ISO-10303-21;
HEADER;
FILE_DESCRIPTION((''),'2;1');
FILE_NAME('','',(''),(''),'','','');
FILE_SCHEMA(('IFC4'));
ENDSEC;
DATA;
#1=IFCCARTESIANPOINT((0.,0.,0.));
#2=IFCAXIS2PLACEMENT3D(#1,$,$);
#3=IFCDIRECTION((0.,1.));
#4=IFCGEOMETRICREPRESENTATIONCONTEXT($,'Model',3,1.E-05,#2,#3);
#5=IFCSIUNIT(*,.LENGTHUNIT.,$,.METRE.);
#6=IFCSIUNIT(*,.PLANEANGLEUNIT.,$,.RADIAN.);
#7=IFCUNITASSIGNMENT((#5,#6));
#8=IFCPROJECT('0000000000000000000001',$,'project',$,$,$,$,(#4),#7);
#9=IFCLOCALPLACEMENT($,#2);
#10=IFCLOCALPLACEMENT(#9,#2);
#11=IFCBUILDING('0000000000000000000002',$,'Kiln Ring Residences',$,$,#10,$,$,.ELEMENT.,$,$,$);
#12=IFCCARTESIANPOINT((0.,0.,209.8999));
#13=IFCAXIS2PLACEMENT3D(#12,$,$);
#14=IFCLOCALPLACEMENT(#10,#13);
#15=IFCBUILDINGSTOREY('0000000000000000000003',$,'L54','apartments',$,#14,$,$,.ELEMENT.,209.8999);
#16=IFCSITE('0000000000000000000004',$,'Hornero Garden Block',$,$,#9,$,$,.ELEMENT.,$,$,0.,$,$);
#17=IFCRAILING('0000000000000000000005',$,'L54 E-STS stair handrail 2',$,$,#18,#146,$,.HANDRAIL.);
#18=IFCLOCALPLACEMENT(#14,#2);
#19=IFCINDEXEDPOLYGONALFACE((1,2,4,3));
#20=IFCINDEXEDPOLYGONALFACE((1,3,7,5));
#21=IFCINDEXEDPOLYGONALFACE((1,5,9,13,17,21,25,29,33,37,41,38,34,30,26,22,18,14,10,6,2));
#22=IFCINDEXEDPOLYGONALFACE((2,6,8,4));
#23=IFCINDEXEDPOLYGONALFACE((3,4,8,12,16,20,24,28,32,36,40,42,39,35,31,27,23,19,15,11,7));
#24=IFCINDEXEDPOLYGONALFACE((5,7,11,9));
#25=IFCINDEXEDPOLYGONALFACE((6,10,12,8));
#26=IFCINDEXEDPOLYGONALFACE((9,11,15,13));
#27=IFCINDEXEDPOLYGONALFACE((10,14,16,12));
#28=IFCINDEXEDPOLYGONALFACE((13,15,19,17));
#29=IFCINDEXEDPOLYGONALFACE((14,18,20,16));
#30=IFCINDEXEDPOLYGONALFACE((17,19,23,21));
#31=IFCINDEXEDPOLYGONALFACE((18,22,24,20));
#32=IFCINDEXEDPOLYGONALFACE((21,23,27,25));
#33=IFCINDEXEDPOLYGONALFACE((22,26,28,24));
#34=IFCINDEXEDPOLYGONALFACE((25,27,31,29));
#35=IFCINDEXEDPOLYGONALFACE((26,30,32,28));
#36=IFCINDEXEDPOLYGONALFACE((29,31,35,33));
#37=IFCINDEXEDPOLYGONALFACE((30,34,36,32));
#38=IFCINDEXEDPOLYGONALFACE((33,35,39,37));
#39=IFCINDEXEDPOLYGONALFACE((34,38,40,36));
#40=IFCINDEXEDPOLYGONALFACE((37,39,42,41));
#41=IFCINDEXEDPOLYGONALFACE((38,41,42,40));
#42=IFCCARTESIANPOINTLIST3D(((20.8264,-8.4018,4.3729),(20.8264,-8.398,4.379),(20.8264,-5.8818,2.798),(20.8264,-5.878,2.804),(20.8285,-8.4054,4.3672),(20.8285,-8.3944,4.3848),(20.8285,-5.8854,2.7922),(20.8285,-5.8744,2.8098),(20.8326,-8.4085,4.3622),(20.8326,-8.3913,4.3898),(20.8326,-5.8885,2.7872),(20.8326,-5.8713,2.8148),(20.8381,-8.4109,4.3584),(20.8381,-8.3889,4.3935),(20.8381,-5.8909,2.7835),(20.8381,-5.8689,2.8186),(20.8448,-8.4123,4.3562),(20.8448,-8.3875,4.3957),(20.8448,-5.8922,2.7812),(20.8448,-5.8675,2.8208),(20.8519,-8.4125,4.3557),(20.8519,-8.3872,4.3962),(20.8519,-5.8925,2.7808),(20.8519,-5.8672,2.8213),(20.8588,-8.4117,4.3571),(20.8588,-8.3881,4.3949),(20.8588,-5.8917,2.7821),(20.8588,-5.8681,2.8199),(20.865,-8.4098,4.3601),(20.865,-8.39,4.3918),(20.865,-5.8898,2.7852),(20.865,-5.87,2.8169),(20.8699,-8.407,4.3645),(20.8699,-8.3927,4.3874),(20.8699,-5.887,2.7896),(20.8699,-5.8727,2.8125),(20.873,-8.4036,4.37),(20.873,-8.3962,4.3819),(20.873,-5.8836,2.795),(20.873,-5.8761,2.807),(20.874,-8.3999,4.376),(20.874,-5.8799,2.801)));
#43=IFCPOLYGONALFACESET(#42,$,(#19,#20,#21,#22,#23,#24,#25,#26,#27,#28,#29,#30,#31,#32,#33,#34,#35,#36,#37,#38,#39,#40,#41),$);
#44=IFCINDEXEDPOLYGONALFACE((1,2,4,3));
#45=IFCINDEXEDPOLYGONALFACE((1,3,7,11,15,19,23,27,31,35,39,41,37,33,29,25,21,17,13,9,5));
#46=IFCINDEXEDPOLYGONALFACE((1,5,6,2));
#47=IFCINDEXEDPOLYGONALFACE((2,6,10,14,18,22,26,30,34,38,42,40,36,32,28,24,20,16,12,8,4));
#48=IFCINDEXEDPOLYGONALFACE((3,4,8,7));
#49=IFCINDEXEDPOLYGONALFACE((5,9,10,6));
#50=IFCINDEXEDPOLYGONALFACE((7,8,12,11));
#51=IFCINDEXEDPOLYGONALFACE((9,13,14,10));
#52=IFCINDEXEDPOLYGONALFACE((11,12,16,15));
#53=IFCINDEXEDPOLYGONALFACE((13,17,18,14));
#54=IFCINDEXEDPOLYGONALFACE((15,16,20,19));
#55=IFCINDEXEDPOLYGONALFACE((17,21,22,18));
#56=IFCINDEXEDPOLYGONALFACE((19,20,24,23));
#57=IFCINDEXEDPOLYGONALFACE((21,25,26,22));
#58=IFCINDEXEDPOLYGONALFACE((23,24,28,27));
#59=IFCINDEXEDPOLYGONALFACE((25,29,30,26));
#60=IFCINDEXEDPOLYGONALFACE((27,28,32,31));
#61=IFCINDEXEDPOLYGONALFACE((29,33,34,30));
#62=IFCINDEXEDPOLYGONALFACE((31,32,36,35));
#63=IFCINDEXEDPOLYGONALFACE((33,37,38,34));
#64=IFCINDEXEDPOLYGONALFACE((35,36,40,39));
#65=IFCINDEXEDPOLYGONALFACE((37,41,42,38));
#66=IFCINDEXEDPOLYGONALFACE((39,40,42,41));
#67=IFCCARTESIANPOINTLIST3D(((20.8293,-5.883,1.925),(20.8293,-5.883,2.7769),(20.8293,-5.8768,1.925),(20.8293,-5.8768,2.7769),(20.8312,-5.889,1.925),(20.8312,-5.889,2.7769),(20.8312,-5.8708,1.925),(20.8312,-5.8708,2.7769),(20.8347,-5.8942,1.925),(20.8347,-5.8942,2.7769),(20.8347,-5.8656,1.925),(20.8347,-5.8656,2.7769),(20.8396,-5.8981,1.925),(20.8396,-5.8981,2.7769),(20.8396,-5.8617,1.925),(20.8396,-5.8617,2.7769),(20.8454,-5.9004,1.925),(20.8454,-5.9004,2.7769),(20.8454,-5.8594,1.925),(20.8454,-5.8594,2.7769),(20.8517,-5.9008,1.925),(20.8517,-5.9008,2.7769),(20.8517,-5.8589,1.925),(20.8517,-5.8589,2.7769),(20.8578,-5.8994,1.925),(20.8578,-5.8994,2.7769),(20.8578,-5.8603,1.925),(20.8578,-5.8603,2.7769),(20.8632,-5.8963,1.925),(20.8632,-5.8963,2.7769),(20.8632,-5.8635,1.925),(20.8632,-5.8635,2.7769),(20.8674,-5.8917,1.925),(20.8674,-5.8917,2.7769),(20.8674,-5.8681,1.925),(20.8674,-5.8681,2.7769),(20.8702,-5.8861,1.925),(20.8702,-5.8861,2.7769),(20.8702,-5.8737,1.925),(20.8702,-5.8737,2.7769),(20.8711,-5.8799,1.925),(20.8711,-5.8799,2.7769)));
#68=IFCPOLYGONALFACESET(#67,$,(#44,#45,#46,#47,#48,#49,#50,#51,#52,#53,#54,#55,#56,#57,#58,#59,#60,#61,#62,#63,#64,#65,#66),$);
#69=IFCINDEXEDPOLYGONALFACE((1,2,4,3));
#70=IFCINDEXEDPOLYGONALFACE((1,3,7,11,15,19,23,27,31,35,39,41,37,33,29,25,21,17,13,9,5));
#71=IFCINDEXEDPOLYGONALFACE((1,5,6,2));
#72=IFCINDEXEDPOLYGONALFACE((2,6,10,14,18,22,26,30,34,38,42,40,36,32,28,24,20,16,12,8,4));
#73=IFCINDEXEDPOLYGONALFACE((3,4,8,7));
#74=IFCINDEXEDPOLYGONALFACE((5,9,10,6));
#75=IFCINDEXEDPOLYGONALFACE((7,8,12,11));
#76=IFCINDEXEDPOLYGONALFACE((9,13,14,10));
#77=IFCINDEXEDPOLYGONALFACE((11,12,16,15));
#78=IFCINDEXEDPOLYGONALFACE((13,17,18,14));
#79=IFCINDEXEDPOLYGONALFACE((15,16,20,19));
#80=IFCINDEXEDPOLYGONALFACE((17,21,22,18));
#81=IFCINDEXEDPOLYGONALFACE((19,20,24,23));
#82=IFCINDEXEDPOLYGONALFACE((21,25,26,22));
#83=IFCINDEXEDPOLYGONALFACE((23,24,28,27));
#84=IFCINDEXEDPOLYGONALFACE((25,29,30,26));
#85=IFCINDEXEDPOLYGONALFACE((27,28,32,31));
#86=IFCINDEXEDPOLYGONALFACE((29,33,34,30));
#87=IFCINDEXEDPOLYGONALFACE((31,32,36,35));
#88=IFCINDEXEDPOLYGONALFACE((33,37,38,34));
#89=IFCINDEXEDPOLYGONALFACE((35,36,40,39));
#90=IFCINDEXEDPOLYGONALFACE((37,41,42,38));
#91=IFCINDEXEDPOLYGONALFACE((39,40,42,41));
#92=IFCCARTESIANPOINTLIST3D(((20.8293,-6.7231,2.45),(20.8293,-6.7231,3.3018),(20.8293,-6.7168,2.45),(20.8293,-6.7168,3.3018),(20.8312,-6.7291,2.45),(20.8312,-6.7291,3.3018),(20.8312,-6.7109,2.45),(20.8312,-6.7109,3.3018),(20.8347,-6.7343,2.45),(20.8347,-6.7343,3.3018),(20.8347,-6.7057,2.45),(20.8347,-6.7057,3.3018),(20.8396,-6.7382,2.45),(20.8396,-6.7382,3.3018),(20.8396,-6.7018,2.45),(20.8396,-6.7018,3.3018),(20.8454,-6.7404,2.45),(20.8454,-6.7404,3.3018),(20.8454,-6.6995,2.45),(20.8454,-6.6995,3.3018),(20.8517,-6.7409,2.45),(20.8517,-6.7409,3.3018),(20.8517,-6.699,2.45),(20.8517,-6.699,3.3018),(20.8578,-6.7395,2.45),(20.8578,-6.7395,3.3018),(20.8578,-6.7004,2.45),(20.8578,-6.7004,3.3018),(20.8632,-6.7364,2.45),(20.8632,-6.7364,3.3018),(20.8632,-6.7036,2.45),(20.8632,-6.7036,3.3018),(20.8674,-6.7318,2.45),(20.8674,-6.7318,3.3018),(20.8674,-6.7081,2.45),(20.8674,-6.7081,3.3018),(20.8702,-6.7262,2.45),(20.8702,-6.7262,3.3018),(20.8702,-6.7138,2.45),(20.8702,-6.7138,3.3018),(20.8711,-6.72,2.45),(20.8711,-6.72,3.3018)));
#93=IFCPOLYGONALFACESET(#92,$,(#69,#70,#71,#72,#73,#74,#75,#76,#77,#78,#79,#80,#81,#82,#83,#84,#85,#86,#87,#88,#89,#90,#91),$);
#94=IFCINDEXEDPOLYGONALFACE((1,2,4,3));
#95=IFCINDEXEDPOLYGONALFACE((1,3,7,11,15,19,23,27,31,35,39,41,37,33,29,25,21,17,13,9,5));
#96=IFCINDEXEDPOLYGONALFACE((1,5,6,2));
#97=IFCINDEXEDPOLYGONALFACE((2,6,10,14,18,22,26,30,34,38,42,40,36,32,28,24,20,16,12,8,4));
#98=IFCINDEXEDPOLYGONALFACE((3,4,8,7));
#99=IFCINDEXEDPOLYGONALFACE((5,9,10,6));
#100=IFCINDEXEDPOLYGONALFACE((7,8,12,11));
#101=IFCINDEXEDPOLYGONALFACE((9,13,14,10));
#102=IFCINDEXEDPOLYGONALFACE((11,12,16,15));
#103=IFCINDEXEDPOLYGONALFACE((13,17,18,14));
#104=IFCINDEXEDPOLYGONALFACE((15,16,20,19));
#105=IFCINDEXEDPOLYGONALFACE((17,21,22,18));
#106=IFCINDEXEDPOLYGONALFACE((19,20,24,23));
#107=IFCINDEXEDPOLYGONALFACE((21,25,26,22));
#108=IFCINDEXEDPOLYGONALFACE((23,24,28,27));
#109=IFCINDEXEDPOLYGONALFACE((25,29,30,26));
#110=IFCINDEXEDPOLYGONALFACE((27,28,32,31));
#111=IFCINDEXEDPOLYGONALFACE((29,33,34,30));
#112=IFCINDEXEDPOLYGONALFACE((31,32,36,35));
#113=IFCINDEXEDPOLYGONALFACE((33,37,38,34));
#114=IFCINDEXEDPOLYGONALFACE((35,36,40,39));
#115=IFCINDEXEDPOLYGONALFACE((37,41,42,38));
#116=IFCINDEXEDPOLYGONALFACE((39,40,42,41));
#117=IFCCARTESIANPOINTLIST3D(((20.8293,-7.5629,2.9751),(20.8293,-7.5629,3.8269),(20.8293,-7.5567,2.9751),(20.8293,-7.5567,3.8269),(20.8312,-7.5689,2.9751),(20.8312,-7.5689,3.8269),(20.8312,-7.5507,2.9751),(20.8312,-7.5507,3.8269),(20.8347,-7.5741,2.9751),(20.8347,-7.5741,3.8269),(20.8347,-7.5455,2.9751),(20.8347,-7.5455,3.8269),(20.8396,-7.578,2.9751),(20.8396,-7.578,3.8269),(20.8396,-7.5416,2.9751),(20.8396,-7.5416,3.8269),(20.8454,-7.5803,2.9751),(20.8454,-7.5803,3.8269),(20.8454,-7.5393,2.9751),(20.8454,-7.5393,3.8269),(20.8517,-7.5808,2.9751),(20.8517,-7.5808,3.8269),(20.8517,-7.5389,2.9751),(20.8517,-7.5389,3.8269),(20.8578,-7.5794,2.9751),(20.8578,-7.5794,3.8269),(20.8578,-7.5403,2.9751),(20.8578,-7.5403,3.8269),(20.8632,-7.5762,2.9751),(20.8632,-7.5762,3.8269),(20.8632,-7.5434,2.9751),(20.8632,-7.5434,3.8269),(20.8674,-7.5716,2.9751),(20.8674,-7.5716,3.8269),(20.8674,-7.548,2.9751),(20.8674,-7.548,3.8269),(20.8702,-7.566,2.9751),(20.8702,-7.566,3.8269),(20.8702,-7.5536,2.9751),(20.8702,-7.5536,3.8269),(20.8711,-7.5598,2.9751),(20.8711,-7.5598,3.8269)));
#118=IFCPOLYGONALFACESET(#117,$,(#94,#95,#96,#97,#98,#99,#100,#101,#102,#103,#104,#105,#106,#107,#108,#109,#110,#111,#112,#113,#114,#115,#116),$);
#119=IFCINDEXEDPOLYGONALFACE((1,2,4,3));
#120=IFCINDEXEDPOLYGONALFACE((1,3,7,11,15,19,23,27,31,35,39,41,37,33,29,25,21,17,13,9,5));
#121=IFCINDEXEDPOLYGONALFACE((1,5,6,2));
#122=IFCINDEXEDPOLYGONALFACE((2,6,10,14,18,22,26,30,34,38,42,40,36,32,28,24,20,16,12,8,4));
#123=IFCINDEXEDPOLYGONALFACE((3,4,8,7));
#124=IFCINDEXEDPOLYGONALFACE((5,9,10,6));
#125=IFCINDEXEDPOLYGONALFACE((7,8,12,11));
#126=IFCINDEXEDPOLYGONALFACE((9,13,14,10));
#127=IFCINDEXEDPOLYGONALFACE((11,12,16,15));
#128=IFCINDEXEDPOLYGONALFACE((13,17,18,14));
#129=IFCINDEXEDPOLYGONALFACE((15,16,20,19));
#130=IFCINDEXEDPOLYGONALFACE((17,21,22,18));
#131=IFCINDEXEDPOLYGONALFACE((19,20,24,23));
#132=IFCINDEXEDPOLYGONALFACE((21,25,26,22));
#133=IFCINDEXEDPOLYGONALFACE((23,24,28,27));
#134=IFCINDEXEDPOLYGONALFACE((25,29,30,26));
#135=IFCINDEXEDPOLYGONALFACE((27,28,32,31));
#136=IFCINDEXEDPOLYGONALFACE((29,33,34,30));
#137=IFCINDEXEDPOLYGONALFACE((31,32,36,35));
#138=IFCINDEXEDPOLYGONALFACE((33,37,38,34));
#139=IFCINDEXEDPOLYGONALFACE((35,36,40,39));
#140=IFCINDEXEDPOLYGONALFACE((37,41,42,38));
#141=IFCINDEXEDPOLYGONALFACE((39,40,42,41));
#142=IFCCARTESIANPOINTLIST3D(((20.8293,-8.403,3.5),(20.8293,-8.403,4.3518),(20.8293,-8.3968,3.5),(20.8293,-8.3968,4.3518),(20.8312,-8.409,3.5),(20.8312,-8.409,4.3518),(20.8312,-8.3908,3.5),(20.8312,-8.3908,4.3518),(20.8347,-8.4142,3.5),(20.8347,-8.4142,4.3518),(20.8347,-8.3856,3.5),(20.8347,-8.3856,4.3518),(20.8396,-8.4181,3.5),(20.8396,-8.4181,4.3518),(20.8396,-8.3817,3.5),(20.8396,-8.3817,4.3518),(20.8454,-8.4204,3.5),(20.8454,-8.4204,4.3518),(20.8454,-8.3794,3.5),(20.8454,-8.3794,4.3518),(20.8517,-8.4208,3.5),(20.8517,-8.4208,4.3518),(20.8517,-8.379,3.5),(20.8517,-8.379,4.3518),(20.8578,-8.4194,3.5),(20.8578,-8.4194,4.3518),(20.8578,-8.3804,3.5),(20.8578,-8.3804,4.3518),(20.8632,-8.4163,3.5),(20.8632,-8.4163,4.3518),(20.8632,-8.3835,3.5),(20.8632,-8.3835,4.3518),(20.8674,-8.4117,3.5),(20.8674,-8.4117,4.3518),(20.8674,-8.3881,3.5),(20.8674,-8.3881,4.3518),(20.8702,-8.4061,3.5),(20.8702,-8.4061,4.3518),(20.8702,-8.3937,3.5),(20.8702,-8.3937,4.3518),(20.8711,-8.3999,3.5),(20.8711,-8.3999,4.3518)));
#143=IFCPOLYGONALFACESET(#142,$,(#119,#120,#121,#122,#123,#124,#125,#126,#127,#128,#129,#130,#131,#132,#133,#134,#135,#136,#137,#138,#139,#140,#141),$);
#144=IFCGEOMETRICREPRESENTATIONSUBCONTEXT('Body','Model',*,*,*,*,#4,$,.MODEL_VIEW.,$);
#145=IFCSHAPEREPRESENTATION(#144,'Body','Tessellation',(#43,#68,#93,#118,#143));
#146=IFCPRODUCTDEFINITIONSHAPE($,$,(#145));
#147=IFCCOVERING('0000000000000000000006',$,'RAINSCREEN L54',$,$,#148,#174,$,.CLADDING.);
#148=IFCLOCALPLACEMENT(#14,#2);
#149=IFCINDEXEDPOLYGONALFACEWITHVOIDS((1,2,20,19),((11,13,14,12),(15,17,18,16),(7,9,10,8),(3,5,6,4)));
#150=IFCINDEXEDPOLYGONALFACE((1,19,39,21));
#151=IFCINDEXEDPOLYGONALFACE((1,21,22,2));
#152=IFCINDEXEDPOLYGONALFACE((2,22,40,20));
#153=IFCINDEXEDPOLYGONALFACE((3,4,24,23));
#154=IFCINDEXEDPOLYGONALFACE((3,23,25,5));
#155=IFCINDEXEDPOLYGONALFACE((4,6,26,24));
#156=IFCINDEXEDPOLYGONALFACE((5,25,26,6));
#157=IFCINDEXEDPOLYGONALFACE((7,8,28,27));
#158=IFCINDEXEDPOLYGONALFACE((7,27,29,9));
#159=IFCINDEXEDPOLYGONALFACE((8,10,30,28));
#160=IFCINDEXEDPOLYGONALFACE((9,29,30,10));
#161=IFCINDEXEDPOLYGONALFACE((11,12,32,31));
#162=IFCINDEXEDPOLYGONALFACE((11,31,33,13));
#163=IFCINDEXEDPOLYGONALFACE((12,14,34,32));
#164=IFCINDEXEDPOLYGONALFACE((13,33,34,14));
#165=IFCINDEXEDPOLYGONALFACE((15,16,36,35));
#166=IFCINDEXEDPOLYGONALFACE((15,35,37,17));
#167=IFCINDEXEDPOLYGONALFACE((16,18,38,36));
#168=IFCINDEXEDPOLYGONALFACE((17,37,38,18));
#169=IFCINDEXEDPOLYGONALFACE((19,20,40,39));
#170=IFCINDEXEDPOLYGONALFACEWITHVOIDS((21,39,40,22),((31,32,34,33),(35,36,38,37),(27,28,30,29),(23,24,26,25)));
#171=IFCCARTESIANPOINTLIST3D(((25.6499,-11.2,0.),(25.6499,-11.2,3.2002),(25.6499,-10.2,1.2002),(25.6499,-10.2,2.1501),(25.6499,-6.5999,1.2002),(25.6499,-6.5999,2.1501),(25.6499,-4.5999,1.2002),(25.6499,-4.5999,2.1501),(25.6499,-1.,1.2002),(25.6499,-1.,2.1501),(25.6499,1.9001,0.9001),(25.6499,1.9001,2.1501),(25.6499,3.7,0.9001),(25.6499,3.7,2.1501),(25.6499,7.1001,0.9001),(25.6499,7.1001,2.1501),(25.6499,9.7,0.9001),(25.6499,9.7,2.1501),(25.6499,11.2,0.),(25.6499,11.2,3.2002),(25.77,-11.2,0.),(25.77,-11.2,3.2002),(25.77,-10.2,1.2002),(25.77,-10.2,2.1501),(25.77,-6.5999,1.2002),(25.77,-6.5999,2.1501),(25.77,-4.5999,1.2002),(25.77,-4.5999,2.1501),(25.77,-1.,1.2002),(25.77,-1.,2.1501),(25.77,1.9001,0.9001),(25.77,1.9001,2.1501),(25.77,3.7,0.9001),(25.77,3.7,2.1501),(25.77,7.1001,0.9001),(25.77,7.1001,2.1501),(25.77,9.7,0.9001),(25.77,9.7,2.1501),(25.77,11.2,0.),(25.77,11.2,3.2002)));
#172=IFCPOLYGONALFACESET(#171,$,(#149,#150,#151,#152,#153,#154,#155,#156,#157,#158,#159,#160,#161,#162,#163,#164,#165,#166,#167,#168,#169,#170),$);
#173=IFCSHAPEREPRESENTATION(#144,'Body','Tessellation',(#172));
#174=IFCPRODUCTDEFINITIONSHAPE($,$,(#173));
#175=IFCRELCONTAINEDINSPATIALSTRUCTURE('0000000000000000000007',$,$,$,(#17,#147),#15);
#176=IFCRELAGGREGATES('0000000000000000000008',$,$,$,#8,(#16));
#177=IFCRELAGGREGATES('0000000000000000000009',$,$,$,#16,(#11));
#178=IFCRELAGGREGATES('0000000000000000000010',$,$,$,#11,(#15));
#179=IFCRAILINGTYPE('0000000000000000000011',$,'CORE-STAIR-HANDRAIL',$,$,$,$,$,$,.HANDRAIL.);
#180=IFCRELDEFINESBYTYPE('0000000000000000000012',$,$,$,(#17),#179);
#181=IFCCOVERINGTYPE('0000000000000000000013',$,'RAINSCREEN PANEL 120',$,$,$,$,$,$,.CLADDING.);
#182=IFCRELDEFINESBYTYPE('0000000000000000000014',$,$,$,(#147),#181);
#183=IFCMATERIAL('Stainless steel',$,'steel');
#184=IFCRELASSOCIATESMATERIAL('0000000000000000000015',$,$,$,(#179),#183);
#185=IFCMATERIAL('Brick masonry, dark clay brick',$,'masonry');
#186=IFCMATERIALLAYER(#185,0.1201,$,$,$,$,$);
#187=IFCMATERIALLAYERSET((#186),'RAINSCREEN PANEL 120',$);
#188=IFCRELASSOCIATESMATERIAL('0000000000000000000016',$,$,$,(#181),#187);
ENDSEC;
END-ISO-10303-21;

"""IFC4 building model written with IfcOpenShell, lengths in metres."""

from ifc_helpers import new_model, si_unit, direction, frame, origin, origin_2d, place, context, subcontext, project, spatial, polyline, circle, outline, extrude, material, layer, layer_set, type_object, element, save


model = new_model("IFC4")

# Units and contexts
model_context = context("Model", 3, precision=1e-05, world=origin(), true_north=direction((0.0, 1.0)))
body_context = subcontext(model_context, "Body", "Model", "MODEL_VIEW")
ifc_project = project(units=[si_unit("LENGTHUNIT", "METRE"), si_unit("PLANEANGLEUNIT", "RADIAN")], contexts=[model_context])

# Site, building, storey
site_placement = place(None, origin())
site = spatial("IfcSite", under=ifc_project, at=site_placement, Name="Hornero Garden Block", CompositionType="ELEMENT", RefElevation=0.0)
building_placement = place(site_placement, origin())
building = spatial("IfcBuilding", under=site, at=building_placement, Name="Kiln Ring Residences", CompositionType="ELEMENT")
storey_placement = place(building_placement, frame((0.0, 0.0, 209.8999)))
storey = spatial("IfcBuildingStorey", under=building, at=storey_placement, Name="L54", Description="apartments", CompositionType="ELEMENT", Elevation=209.8999)

# Railing
ifc_material_1 = material(Name="Stainless steel", Category="steel")
railing_type_1 = type_object("IfcRailingType", Name="CORE-STAIR-HANDRAIL", PredefinedType="HANDRAIL", material=ifc_material_1)
railing_1_placement = place(storey_placement, frame((20.8501, -5.8799, 1.925)))
element("IfcRailing", 1, at=railing_1_placement, inside=storey, type_object=railing_type_1, Name="L54 E-STS stair handrail 2", PredefinedType="HANDRAIL", context=body_context, shape_type="SweptSolid", body=[
    extrude(circle(Radius=0.0239, at=origin_2d()), frame((0.0, 0.0, 0.876), z_axis=(0.0, -0.848008, 0.529984), x_axis=(1.0, 0.0, 0.0)), (0.0, 0.0, 1.0), 2.9717),
    extrude(circle(Radius=0.021, at=origin_2d()), origin(), (0.0, 0.0, 1.0), 0.8518),
    extrude(circle(Radius=0.021, at=origin_2d()), frame((0.0, -0.8401, 0.5249)), (0.0, 0.0, 1.0), 0.8518),
    extrude(circle(Radius=0.021, at=origin_2d()), frame((0.0, -1.6799, 1.05)), (0.0, 0.0, 1.0), 0.8518),
    extrude(circle(Radius=0.021, at=origin_2d()), frame((0.0, -2.52, 1.575)), (0.0, 0.0, 1.0), 0.8518),
])

# Covering
ifc_material_2 = material(Name="Brick masonry, dark clay brick", Category="masonry")
ifc_layer_1 = layer(ifc_material_2, 0.1201)
ifc_layer_set_1 = layer_set([ifc_layer_1], Name="RAINSCREEN PANEL 120")
covering_type = type_object("IfcCoveringType", Name="RAINSCREEN PANEL 120", PredefinedType="CLADDING", material=ifc_layer_set_1)
covering_placement = place(storey_placement, frame((25.71, -11.2, 0.0), z_axis=(0.0, 0.0, 1.0), x_axis=(0.0, 1.0, 0.0)))
element("IfcCovering", 2, at=covering_placement, inside=storey, type_object=covering_type, Name="RAINSCREEN L54", PredefinedType="CLADDING", context=body_context, shape_type="SweptSolid", body=[
    extrude(outline(polyline([(0.0, 0.0), (22.3999, 0.0), (22.3999, 3.2002), (0.0, 3.2002), (0.0, 0.0)]), holes=[polyline([(14.8999, 0.9001), (14.8999, 2.1501), (13.1001, 2.1501), (13.1001, 0.9001), (14.8999, 0.9001)]), polyline([(20.8999, 0.9001), (20.8999, 2.1501), (18.3, 2.1501), (18.3, 0.9001), (20.8999, 0.9001)]), polyline([(4.6001, 1.2002), (4.6001, 2.1501), (1.0, 2.1501), (1.0, 1.2002), (4.6001, 1.2002)]), polyline([(10.2, 1.2002), (10.2, 2.1501), (6.6001, 2.1501), (6.6001, 1.2002), (10.2, 1.2002)])]), frame((0.0, 0.0601, 0.0), z_axis=(0.0, -1.0, 0.0), x_axis=(1.0, 0.0, 0.0)), (0.0, 0.0, 1.0), 0.1201),
])

save(model, "model.ifc")
